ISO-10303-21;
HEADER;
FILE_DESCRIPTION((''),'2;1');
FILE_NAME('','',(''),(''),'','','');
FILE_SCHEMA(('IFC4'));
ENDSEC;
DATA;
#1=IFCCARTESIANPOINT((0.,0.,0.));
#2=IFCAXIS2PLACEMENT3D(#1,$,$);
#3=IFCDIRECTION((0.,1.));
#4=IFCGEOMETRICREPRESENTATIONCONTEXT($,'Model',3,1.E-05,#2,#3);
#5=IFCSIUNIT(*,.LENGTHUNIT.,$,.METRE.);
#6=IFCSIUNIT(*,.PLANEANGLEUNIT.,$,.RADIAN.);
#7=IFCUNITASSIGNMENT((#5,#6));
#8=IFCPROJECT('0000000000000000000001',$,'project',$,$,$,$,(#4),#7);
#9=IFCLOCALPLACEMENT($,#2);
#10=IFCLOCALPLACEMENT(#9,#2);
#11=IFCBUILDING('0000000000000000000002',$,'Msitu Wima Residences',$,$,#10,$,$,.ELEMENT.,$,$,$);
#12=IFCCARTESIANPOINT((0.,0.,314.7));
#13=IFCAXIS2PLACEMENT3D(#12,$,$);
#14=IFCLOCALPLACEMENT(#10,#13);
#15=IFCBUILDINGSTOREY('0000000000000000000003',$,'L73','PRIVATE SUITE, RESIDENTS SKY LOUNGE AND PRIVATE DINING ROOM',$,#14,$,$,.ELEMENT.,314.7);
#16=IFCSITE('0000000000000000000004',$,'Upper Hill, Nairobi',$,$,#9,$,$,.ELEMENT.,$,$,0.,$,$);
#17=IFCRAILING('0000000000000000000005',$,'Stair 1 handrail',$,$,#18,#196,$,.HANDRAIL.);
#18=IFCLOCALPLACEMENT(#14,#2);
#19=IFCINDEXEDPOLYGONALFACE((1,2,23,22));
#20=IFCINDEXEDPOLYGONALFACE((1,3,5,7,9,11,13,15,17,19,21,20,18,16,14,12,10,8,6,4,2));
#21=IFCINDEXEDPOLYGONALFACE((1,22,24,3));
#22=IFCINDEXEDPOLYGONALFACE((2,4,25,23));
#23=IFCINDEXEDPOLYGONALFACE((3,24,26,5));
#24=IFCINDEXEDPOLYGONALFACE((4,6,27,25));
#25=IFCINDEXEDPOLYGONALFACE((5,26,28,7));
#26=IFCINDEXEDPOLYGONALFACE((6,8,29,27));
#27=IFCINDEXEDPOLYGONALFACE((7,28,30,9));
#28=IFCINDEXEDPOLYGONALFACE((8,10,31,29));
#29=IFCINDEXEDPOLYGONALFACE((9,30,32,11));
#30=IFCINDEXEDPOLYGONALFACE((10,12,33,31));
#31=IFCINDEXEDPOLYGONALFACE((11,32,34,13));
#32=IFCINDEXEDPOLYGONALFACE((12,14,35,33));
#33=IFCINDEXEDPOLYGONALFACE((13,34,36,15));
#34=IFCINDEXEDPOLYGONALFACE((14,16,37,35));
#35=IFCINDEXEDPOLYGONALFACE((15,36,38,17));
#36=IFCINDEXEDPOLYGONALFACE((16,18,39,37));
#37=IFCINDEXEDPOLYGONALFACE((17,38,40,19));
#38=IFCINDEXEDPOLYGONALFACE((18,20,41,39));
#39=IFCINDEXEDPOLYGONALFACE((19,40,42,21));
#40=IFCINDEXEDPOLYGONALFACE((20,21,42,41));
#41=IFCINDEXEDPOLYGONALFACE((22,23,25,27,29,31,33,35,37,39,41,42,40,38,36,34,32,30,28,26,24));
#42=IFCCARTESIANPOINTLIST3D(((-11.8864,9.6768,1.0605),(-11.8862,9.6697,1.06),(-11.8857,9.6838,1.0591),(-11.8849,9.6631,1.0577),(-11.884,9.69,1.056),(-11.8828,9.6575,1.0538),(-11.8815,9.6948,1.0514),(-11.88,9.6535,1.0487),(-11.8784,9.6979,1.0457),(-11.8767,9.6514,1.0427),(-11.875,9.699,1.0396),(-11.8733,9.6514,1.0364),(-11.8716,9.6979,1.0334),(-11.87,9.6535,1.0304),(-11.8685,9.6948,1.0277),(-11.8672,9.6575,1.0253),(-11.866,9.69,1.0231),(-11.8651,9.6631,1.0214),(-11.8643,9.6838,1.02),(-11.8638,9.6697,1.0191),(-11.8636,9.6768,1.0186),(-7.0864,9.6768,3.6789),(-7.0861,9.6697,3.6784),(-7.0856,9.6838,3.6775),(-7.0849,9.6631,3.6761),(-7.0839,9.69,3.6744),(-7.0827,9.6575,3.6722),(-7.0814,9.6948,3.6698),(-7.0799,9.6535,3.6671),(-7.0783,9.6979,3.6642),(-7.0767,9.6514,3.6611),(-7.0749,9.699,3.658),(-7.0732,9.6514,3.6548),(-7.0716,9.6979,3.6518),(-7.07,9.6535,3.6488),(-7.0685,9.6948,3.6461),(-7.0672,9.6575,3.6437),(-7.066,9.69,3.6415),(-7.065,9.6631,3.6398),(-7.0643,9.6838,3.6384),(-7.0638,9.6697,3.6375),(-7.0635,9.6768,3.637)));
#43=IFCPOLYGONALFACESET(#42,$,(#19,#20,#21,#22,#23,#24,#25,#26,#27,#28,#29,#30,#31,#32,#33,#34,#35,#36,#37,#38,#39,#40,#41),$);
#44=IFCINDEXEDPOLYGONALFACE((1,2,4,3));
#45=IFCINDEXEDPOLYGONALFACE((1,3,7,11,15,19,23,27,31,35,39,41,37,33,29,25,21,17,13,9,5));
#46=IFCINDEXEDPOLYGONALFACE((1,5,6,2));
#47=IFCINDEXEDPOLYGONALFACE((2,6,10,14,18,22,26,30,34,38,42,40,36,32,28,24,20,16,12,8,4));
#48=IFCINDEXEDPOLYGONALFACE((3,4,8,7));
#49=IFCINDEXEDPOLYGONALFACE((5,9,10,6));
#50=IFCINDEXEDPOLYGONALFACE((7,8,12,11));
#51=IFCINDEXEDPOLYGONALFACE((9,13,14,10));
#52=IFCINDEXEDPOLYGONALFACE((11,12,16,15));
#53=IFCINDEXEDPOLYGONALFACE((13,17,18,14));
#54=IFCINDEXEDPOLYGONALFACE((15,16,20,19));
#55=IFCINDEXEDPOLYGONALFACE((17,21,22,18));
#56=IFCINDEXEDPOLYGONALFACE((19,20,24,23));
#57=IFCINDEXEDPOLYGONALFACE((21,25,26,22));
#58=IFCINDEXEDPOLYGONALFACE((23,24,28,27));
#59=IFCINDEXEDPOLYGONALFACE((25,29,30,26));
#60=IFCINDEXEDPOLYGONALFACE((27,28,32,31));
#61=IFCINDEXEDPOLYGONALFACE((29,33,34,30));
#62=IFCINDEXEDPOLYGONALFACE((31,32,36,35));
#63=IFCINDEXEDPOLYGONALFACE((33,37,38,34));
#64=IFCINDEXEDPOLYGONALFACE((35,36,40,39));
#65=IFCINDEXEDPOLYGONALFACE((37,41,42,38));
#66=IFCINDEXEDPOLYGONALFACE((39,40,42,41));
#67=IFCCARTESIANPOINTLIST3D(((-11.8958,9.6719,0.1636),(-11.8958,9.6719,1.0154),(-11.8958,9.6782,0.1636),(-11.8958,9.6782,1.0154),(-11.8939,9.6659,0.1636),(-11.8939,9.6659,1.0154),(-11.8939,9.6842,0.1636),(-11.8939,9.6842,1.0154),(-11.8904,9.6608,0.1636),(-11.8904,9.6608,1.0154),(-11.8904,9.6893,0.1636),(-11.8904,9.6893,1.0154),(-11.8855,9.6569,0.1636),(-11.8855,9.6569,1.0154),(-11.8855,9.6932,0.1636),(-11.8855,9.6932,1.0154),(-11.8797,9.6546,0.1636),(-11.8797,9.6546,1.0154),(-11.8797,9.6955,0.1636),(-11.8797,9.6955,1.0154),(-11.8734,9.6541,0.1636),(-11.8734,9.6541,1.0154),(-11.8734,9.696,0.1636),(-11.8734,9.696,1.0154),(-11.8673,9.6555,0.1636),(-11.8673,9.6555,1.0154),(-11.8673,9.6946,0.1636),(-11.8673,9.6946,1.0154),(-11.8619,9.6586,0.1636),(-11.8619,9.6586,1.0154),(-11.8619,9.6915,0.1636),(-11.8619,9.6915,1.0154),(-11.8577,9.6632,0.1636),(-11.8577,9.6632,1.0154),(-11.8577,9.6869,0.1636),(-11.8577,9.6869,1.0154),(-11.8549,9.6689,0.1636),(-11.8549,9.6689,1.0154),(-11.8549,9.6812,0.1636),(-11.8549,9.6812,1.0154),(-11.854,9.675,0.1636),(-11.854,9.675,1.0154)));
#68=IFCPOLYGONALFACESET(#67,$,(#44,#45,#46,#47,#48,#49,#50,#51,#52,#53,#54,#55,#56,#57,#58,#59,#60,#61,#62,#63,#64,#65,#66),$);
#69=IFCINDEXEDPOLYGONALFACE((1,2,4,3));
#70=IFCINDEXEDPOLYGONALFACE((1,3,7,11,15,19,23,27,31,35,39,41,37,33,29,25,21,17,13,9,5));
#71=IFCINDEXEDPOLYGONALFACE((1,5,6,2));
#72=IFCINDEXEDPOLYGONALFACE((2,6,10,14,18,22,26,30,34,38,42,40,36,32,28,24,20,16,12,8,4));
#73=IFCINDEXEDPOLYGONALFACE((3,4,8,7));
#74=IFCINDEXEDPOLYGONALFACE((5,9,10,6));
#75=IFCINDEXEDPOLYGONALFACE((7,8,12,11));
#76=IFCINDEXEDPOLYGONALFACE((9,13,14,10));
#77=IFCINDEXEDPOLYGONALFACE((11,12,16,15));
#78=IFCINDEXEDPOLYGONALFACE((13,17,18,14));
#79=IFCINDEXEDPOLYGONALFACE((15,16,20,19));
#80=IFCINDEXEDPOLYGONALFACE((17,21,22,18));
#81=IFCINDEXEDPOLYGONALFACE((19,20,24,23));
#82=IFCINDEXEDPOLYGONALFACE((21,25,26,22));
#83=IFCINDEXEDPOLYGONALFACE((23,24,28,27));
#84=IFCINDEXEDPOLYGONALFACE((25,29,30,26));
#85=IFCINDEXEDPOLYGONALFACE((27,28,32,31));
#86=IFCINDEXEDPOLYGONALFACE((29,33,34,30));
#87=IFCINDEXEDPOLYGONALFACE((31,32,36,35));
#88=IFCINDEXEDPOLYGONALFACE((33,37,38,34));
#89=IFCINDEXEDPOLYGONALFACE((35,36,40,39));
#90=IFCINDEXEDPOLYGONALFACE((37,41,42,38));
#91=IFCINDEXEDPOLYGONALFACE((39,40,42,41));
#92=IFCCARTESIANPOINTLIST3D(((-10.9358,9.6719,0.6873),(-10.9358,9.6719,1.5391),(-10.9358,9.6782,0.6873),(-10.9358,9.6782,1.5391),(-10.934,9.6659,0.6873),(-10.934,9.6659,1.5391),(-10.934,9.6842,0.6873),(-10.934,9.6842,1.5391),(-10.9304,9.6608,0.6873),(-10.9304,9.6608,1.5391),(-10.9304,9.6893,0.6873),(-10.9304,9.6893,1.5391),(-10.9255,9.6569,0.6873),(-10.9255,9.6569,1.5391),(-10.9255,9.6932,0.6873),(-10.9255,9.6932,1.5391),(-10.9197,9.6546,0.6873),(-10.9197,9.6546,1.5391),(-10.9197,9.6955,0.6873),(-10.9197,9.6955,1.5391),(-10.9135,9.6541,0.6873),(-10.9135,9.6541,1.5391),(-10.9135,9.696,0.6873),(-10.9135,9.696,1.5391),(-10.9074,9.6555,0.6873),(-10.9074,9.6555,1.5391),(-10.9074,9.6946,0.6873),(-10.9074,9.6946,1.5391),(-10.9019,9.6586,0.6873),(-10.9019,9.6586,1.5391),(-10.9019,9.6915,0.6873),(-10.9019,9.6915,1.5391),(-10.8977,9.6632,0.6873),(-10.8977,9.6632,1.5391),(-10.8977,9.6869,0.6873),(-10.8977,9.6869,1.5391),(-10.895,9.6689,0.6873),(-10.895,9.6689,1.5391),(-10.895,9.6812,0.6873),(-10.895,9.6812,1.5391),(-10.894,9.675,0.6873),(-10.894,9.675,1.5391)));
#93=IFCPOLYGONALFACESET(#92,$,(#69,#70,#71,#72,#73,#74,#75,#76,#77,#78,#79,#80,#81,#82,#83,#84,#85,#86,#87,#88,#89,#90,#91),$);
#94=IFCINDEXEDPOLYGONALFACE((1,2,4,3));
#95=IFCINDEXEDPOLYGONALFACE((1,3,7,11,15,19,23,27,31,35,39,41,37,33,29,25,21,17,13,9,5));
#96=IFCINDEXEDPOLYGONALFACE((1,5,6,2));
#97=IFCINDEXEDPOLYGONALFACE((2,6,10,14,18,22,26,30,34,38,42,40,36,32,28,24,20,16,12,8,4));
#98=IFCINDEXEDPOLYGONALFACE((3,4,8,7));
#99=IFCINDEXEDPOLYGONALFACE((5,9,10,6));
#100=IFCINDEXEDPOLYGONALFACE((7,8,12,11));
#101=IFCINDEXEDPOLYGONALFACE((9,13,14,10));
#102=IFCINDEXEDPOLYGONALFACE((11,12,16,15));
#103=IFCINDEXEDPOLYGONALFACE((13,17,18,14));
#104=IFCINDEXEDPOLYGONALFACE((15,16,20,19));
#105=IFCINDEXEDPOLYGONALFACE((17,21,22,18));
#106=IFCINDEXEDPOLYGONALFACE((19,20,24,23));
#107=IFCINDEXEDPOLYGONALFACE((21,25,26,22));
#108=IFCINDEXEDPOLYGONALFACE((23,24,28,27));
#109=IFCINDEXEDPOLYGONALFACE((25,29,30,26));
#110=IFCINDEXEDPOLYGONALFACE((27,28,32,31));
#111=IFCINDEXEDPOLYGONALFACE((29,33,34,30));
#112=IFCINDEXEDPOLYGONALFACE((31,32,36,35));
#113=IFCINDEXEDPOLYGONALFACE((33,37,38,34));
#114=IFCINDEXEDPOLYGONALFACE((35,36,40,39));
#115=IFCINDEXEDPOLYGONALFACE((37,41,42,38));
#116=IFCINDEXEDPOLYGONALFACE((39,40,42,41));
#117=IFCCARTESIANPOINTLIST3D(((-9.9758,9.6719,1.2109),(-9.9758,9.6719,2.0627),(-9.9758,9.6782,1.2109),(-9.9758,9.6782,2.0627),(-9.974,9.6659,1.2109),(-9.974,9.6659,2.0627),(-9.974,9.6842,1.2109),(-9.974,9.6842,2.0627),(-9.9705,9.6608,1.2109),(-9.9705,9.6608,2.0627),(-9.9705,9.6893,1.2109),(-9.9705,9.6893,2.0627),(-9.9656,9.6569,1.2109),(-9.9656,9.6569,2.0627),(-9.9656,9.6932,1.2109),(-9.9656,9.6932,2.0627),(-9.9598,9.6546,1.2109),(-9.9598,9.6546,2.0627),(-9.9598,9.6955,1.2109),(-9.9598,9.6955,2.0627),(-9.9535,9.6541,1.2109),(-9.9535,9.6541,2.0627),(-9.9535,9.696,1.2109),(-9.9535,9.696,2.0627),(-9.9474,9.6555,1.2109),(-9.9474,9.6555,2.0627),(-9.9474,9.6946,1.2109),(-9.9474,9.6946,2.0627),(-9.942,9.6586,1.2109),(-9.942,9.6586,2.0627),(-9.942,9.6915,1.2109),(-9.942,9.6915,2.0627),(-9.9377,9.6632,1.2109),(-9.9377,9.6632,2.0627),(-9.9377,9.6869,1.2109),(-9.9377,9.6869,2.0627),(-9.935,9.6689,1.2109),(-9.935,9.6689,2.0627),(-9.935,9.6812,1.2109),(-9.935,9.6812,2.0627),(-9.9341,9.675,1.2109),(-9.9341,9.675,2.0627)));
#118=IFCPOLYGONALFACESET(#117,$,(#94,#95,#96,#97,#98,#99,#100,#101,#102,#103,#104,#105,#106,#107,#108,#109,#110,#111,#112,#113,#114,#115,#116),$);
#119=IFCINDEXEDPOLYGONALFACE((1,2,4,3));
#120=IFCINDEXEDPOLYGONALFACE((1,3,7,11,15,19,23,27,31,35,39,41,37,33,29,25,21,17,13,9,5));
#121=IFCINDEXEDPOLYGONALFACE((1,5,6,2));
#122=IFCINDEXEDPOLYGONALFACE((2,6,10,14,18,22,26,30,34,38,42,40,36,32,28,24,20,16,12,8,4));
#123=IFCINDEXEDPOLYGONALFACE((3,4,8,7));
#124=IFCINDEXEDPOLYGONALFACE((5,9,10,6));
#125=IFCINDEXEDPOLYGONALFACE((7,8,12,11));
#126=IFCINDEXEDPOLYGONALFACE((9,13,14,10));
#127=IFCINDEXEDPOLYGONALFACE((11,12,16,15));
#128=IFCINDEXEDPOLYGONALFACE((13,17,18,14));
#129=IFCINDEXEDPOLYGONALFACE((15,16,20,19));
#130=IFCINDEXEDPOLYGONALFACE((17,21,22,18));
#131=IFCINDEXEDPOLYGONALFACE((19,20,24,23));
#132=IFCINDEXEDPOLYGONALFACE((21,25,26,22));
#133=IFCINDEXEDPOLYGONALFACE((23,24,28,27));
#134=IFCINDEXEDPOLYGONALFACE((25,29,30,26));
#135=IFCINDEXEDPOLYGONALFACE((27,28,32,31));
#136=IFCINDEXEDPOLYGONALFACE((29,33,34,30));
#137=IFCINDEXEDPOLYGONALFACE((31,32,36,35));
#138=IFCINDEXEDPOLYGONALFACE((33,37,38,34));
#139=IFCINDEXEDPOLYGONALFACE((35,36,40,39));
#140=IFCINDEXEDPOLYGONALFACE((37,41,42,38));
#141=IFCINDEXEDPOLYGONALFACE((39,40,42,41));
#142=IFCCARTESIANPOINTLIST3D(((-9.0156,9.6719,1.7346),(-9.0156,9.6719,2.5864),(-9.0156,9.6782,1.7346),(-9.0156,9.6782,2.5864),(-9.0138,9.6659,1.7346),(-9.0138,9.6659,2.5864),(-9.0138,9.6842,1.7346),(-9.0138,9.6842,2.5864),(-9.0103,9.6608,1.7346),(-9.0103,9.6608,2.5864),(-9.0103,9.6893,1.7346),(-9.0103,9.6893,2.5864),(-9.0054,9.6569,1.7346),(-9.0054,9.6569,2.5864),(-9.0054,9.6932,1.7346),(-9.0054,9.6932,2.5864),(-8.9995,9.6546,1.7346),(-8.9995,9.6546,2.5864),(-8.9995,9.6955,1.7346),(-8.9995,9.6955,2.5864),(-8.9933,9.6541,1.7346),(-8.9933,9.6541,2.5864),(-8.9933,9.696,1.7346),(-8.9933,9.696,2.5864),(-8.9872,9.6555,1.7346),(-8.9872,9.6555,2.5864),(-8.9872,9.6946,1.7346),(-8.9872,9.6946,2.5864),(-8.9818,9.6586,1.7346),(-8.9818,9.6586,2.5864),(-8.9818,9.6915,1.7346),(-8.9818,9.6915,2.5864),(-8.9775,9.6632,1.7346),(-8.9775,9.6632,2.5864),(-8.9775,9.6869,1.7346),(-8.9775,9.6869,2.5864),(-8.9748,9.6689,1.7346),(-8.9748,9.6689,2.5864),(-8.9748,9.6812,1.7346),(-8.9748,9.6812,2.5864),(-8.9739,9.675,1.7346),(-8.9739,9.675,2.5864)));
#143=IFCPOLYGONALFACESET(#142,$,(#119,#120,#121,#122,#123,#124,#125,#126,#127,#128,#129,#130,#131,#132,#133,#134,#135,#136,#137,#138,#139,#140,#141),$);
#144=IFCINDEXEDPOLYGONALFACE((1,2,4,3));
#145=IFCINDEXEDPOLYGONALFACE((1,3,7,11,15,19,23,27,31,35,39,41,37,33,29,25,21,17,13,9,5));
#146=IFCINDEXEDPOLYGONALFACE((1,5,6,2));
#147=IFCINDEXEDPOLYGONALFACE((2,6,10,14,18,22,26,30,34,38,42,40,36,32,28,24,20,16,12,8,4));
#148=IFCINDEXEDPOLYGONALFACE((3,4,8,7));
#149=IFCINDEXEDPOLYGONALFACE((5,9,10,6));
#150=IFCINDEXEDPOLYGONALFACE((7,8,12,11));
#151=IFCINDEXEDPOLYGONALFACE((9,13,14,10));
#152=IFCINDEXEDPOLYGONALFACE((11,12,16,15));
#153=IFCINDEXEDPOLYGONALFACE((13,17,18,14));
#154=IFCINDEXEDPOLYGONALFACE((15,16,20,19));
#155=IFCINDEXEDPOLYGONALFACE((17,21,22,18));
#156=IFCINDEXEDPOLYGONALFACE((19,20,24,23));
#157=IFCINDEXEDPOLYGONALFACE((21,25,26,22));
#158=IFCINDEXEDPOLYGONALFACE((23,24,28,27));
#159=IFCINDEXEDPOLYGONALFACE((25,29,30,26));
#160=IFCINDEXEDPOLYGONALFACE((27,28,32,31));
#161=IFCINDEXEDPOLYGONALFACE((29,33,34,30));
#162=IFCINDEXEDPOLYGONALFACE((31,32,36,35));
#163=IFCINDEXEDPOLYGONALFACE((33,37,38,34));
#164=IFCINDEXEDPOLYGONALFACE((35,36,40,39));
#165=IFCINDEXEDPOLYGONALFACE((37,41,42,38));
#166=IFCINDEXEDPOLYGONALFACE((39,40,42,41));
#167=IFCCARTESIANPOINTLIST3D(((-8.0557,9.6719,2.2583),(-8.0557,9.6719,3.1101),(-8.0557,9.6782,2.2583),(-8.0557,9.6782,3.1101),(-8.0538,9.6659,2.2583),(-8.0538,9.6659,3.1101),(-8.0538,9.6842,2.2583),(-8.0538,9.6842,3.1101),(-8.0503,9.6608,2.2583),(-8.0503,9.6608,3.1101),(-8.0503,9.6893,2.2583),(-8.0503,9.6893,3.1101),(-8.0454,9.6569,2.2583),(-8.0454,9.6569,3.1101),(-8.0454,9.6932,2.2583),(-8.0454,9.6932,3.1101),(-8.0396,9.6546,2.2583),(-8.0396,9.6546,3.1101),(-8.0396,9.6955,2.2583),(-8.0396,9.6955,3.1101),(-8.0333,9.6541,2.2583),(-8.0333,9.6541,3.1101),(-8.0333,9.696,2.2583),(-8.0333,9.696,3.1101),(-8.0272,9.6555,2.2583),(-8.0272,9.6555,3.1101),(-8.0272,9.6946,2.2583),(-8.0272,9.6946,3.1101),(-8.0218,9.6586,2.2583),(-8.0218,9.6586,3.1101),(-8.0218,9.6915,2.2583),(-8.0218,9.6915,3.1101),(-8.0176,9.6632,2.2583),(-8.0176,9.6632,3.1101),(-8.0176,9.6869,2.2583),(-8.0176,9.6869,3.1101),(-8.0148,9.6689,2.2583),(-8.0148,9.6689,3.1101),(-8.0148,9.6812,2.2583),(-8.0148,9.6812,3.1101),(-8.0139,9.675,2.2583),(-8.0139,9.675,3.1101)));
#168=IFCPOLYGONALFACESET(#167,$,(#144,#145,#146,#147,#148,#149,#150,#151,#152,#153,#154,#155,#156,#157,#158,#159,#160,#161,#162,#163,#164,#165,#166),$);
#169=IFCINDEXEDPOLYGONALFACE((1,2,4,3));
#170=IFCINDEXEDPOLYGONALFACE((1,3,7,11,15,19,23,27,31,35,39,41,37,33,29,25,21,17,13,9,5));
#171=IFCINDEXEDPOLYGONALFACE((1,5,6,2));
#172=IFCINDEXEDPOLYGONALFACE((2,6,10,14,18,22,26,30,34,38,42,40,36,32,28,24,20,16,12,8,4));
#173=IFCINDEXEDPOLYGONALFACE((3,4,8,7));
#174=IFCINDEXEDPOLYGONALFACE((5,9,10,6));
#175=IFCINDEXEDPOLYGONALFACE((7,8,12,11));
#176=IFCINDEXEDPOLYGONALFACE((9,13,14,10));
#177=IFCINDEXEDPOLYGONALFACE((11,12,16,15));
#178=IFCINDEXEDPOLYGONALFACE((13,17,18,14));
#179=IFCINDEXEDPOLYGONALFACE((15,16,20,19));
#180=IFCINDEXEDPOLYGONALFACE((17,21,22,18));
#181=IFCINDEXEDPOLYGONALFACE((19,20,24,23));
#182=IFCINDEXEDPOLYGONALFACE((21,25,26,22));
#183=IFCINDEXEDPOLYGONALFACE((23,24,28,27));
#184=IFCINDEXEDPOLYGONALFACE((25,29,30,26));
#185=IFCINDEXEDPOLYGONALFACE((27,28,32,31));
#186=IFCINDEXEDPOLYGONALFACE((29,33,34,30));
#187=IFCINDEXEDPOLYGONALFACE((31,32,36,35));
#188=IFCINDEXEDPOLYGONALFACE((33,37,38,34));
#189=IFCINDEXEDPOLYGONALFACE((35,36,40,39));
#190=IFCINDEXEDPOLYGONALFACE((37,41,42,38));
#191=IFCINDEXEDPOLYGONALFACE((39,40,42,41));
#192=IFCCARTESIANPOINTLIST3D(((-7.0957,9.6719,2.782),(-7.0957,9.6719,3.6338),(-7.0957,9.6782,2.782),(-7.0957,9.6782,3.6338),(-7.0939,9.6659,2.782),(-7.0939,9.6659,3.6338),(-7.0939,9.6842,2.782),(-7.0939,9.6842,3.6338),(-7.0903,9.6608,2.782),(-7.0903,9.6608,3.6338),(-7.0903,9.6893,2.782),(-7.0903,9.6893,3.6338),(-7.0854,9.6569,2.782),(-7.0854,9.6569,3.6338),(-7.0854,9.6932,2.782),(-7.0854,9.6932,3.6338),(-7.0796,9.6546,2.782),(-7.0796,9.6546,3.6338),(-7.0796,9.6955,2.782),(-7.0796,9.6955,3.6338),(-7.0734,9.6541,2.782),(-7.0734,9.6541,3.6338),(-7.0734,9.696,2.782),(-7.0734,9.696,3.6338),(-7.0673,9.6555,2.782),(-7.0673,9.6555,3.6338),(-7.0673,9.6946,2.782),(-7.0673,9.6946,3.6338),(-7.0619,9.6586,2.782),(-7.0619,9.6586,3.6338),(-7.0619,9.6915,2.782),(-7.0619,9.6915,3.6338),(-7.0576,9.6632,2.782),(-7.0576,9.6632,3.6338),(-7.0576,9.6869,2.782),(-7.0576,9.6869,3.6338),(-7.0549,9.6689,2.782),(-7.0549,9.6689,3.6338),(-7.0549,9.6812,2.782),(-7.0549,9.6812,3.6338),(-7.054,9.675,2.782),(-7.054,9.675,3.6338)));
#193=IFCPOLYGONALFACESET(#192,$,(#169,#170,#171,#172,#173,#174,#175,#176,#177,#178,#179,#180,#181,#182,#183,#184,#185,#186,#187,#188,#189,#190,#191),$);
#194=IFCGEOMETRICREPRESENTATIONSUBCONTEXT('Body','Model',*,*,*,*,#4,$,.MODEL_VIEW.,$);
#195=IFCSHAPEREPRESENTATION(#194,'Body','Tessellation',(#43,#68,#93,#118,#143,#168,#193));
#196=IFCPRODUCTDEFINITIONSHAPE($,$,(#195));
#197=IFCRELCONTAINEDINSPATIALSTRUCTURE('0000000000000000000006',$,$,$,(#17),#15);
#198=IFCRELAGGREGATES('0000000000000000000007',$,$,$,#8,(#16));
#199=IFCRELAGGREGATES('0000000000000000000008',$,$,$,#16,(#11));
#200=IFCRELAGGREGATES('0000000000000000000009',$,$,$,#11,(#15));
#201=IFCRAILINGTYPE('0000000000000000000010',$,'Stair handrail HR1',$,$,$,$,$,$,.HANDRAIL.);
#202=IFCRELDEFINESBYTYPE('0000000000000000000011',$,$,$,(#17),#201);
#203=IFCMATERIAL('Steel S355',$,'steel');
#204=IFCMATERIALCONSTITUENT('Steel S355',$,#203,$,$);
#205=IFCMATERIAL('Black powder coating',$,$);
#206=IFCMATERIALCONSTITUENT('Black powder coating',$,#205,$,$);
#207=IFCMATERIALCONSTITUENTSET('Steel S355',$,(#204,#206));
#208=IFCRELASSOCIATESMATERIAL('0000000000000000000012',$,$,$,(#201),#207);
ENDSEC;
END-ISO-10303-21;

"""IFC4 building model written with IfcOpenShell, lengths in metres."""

from ifc_helpers import new_model, si_unit, direction, frame, origin, origin_2d, place, context, subcontext, project, spatial, circle, extrude, material, constituent, constituent_set, type_object, element, save


model = new_model("IFC4")

# Units and contexts
model_context = context("Model", 3, precision=1e-05, world=origin(), true_north=direction((0.0, 1.0)))
body_context = subcontext(model_context, "Body", "Model", "MODEL_VIEW")
ifc_project = project(units=[si_unit("LENGTHUNIT", "METRE"), si_unit("PLANEANGLEUNIT", "RADIAN")], contexts=[model_context])

# Site, building, storey
site_placement = place(None, origin())
site = spatial("IfcSite", under=ifc_project, at=site_placement, Name="Upper Hill, Nairobi", CompositionType="ELEMENT", RefElevation=0.0)
building_placement = place(site_placement, origin())
building = spatial("IfcBuilding", under=site, at=building_placement, Name="Msitu Wima Residences", CompositionType="ELEMENT")
storey_placement = place(building_placement, frame((0.0, 0.0, 314.7)))
storey = spatial("IfcBuildingStorey", under=building, at=storey_placement, Name="L73", Description="PRIVATE SUITE, RESIDENTS SKY LOUNGE AND PRIVATE DINING ROOM", CompositionType="ELEMENT", Elevation=314.7)

# Railing
ifc_material_1 = material(Name="Steel S355", Category="steel")
ifc_constituent_1 = constituent(ifc_material_1, Name="Steel S355")
ifc_material_2 = material(Name="Black powder coating")
ifc_constituent_2 = constituent(ifc_material_2, Name="Black powder coating")
ifc_constituent_set = constituent_set(constituents=[ifc_constituent_1, ifc_constituent_2], Name="Steel S355")
railing_type = type_object("IfcRailingType", Name="Stair handrail HR1", PredefinedType="HANDRAIL", material=ifc_constituent_set)
railing_placement = place(storey_placement, frame((-11.875, 9.675, 0.1636)))
element("IfcRailing", 1, at=railing_placement, inside=storey, type_object=railing_type, Name="Stair 1 handrail", PredefinedType="HANDRAIL", context=body_context, shape_type="SweptSolid", body=[
    extrude(circle(Radius=0.0239, at=origin_2d()), frame((0.0, 0.0, 0.876), z_axis=(0.87788, 0.0, 0.47888), x_axis=(0.0, 1.0, 0.0)), (0.0, 0.0, 1.0), 5.4678),
    extrude(circle(Radius=0.021, at=origin_2d()), origin(), (0.0, 0.0, 1.0), 0.8518),
    extrude(circle(Radius=0.021, at=origin_2d()), frame((0.96, 0.0, 0.5237)), (0.0, 0.0, 1.0), 0.8518),
    extrude(circle(Radius=0.021, at=origin_2d()), frame((1.9199, 0.0, 1.0474)), (0.0, 0.0, 1.0), 0.8518),
    extrude(circle(Radius=0.021, at=origin_2d()), frame((2.8801, 0.0, 1.571)), (0.0, 0.0, 1.0), 0.8518),
    extrude(circle(Radius=0.021, at=origin_2d()), frame((3.8401, 0.0, 2.0947)), (0.0, 0.0, 1.0), 0.8518),
    extrude(circle(Radius=0.021, at=origin_2d()), frame((4.8, 0.0, 2.6184)), (0.0, 0.0, 1.0), 0.8518),
])

save(model, "model.ifc")
